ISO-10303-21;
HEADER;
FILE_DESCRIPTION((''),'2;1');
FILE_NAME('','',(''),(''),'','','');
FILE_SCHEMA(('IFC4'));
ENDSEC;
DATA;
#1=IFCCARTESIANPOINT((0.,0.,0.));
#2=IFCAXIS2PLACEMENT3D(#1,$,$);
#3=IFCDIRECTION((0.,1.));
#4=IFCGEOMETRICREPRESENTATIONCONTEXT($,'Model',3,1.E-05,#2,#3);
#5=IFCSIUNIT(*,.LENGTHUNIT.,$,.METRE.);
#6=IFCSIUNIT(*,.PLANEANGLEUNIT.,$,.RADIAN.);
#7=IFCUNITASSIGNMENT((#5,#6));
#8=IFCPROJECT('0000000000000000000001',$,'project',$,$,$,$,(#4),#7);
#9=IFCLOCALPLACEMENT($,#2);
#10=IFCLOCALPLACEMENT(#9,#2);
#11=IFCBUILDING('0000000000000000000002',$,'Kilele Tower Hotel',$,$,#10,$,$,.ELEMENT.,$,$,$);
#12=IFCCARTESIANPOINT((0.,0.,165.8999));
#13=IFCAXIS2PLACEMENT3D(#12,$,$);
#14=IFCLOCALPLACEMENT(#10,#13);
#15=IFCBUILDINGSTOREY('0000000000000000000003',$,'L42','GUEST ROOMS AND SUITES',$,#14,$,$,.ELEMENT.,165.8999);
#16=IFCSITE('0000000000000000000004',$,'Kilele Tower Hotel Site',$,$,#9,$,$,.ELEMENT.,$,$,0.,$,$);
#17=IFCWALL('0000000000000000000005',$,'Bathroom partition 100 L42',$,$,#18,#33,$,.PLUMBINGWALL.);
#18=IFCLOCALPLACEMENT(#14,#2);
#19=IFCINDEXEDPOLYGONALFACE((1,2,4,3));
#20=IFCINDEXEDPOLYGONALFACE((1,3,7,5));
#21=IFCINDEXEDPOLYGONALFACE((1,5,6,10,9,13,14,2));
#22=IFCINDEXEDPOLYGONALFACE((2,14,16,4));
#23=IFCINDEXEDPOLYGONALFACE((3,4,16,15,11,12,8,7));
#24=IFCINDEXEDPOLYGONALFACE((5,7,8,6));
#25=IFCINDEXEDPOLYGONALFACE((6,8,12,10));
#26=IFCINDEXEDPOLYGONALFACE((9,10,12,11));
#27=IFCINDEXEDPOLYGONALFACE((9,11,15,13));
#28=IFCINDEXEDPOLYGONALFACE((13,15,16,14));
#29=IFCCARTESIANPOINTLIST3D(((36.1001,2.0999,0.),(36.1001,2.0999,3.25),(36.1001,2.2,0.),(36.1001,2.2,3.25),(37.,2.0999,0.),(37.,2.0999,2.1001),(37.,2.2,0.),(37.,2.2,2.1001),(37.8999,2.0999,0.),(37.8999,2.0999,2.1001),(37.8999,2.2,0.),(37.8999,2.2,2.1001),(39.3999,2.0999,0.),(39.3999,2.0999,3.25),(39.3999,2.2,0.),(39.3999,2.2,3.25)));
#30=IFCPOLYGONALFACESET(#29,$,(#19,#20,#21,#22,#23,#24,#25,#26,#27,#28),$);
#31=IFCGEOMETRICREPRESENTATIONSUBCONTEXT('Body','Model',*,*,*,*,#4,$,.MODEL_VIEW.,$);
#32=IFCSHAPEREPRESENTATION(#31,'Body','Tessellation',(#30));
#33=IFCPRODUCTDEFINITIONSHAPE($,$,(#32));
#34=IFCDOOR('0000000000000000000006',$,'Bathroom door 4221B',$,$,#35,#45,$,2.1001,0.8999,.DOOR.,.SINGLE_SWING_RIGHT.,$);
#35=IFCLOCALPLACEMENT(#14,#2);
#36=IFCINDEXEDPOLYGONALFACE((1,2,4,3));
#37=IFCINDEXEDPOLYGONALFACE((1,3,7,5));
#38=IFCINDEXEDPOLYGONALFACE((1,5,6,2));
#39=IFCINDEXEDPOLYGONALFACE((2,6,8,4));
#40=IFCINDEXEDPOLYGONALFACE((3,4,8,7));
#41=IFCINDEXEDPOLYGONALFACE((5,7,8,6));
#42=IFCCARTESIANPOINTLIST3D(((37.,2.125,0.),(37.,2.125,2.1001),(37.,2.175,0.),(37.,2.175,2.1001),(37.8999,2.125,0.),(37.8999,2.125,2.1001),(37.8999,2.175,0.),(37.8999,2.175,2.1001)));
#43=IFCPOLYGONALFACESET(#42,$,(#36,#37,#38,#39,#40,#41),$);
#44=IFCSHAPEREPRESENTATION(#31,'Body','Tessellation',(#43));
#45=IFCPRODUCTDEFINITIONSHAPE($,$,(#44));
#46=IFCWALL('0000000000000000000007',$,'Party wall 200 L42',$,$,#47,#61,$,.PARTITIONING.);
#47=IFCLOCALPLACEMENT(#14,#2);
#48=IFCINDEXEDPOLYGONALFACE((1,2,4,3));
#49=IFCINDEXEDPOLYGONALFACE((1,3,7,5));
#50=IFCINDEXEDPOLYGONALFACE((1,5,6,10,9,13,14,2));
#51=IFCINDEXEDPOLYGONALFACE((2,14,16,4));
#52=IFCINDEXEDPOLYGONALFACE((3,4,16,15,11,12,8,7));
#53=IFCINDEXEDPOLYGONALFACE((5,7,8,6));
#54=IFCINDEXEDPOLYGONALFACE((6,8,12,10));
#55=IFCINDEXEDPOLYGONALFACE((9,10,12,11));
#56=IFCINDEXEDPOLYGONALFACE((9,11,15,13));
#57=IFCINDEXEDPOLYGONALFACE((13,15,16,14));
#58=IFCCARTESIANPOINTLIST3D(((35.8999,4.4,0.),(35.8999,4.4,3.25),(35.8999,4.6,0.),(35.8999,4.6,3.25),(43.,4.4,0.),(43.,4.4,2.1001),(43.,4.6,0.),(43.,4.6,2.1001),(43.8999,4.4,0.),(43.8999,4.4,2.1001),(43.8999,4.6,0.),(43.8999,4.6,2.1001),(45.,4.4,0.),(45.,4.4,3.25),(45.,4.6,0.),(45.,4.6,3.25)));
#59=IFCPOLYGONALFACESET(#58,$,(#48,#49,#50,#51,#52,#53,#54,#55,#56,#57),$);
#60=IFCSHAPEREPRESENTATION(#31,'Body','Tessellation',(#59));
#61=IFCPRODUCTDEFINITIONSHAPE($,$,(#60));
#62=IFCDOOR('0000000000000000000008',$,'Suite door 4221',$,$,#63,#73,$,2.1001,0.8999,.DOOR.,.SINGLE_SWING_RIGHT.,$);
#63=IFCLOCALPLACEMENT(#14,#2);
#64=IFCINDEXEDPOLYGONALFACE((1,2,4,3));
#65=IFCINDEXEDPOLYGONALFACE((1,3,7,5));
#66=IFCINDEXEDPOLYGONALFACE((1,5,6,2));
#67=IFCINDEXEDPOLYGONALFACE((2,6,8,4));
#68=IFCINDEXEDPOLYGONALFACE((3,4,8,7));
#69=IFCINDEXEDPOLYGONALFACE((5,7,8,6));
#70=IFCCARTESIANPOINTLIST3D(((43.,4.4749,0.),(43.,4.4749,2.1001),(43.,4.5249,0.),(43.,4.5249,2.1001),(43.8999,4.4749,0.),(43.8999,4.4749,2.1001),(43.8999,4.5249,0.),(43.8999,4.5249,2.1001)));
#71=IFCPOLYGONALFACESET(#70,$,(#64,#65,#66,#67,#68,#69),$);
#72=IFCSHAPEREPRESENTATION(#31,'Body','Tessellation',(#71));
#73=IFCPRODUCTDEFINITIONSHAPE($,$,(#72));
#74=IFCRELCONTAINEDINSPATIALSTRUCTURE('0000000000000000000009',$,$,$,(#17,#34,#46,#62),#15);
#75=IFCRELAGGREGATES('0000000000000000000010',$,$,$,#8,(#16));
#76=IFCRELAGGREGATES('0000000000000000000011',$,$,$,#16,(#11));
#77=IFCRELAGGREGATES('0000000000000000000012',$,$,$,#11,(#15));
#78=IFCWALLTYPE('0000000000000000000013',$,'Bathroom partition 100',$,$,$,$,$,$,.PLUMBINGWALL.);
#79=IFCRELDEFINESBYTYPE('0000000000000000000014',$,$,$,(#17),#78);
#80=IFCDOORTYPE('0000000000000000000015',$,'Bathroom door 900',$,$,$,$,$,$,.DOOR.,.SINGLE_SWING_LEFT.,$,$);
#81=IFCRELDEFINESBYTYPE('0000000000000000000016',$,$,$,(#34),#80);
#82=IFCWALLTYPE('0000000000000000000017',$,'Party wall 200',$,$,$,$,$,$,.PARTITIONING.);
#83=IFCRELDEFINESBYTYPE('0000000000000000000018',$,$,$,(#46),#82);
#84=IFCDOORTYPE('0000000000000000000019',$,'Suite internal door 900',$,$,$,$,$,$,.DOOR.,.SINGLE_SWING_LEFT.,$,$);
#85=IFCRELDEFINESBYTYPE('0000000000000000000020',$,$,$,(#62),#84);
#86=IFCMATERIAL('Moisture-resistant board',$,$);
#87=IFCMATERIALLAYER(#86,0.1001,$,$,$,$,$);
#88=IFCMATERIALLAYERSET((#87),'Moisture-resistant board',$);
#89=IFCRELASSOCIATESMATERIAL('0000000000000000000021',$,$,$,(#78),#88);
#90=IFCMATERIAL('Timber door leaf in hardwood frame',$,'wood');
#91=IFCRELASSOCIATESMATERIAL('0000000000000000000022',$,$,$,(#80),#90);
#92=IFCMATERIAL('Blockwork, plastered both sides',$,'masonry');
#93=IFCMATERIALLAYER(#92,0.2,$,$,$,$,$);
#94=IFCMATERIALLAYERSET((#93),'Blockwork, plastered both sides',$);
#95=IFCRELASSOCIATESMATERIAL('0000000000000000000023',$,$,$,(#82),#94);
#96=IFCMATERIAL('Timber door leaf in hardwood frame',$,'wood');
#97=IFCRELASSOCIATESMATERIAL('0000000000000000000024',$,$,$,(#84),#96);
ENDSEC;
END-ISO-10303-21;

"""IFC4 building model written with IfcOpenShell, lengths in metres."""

from ifc_helpers import new_model, si_unit, direction, frame, frame_2d, origin, place, context, subcontext, project, spatial, rectangle, extrude, material, layer, layer_set, type_object, element, fill, save


model = new_model("IFC4")

# Units and contexts
model_context = context("Model", 3, precision=1e-05, world=origin(), true_north=direction((0.0, 1.0)))
body_context = subcontext(model_context, "Body", "Model", "MODEL_VIEW")
ifc_project = project(units=[si_unit("LENGTHUNIT", "METRE"), si_unit("PLANEANGLEUNIT", "RADIAN")], contexts=[model_context])

# Site, building, storey
site_placement = place(None, origin())
site = spatial("IfcSite", under=ifc_project, at=site_placement, Name="Kilele Tower Hotel Site", CompositionType="ELEMENT", RefElevation=0.0)
building_placement = place(site_placement, origin())
building = spatial("IfcBuilding", under=site, at=building_placement, Name="Kilele Tower Hotel", CompositionType="ELEMENT")
storey_placement = place(building_placement, frame((0.0, 0.0, 165.8999)))
storey = spatial("IfcBuildingStorey", under=building, at=storey_placement, Name="L42", Description="GUEST ROOMS AND SUITES", CompositionType="ELEMENT", Elevation=165.8999)

# Shared definitions
ifc_material_1 = material(Name="Moisture-resistant board")
ifc_layer_1 = layer(ifc_material_1, 0.1001)
ifc_layer_set_1 = layer_set([ifc_layer_1], Name="Moisture-resistant board")
wall_type_1 = type_object("IfcWallType", Name="Bathroom partition 100", PredefinedType="PLUMBINGWALL", material=ifc_layer_set_1)

# Walls, openings, doors
ifc_material_2 = material(Name="Timber door leaf in hardwood frame", Category="wood")
door_type_1 = type_object("IfcDoorType", Name="Bathroom door 900", OperationType="SINGLE_SWING_LEFT", PredefinedType="DOOR", material=ifc_material_2)
wall_1_placement = place(storey_placement, frame((36.1001, 2.1499, 0.0), z_axis=(0.0, 0.0, 1.0), x_axis=(1.0, 0.0, 0.0)))
wall_1 = element("IfcWall", 1, at=wall_1_placement, inside=storey, type_object=wall_type_1, Name="Bathroom partition 100 L42", PredefinedType="PLUMBINGWALL", context=body_context, shape_type="SweptSolid", body=[
    extrude(rectangle(XDim=3.2998, YDim=0.1001, at=frame_2d((1.6499, 0.0))), origin(), (0.0, 0.0, 1.0), 3.25),
])
opening_1_placement = place(wall_1_placement, frame((1.7998, 0.0, 0.0), z_axis=(0.0, 0.0, 1.0), x_axis=(-1.0, 0.0, 0.0)))
opening_1 = element("IfcOpeningElement", 2, at=opening_1_placement, cuts=wall_1, PredefinedType="OPENING", context=body_context, shape_type="SweptSolid", body=[
    extrude(rectangle(XDim=0.8999, YDim=2.1001, at=frame_2d((0.45, 1.05))), frame((0.0, 0.0601, 0.0), z_axis=(0.0, -1.0, 0.0), x_axis=(1.0, 0.0, 0.0)), (0.0, 0.0, 1.0), 0.1201),
])
door_1_placement = place(opening_1_placement, origin())
door_1 = element("IfcDoor", 3, at=door_1_placement, inside=storey, type_object=door_type_1, Name="Bathroom door 4221B", OperationType="SINGLE_SWING_RIGHT", OverallHeight=2.1001, OverallWidth=0.8999, PredefinedType="DOOR", context=body_context, shape_type="SweptSolid", body=[
    extrude(rectangle(XDim=0.8999, YDim=2.1001, at=frame_2d((0.45, 1.05))), frame((0.0, 0.0249, 0.0), z_axis=(0.0, -1.0, 0.0), x_axis=(1.0, 0.0, 0.0)), (0.0, 0.0, 1.0), 0.05),
])
fill(opening_1, door_1)
ifc_material_3 = material(Name="Blockwork, plastered both sides", Category="masonry")
ifc_layer_2 = layer(ifc_material_3, 0.2)
ifc_layer_set_2 = layer_set([ifc_layer_2], Name="Blockwork, plastered both sides")
wall_type_2 = type_object("IfcWallType", Name="Party wall 200", PredefinedType="PARTITIONING", material=ifc_layer_set_2)
wall_2_placement = place(storey_placement, frame((35.8999, 4.5, 0.0), z_axis=(0.0, 0.0, 1.0), x_axis=(1.0, 0.0, 0.0)))
wall_2 = element("IfcWall", 4, at=wall_2_placement, inside=storey, type_object=wall_type_2, Name="Party wall 200 L42", PredefinedType="PARTITIONING", context=body_context, shape_type="SweptSolid", body=[
    extrude(rectangle(XDim=9.1001, YDim=0.2, at=frame_2d((4.55, 0.0))), origin(), (0.0, 0.0, 1.0), 3.25),
])
opening_2_placement = place(wall_2_placement, frame((7.1001, 0.0, 0.0)))
opening_2 = element("IfcOpeningElement", 5, at=opening_2_placement, cuts=wall_2, PredefinedType="OPENING", context=body_context, shape_type="SweptSolid", body=[
    extrude(rectangle(XDim=0.8999, YDim=2.1001, at=frame_2d((0.45, 1.05))), frame((0.0, 0.1099, 0.0), z_axis=(0.0, -1.0, 0.0), x_axis=(1.0, 0.0, 0.0)), (0.0, 0.0, 1.0), 0.22),
])
ifc_material_4 = material(Name="Timber door leaf in hardwood frame", Category="wood")
door_type_2 = type_object("IfcDoorType", Name="Suite internal door 900", OperationType="SINGLE_SWING_LEFT", PredefinedType="DOOR", material=ifc_material_4)
door_2_placement = place(opening_2_placement, origin())
door_2 = element("IfcDoor", 6, at=door_2_placement, inside=storey, type_object=door_type_2, Name="Suite door 4221", OperationType="SINGLE_SWING_RIGHT", OverallHeight=2.1001, OverallWidth=0.8999, PredefinedType="DOOR", context=body_context, shape_type="SweptSolid", body=[
    extrude(rectangle(XDim=0.8999, YDim=2.1001, at=frame_2d((0.45, 1.05))), frame((0.0, 0.0249, 0.0), z_axis=(0.0, -1.0, 0.0), x_axis=(1.0, 0.0, 0.0)), (0.0, 0.0, 1.0), 0.05),
])
fill(opening_2, door_2)

save(model, "model.ifc")
